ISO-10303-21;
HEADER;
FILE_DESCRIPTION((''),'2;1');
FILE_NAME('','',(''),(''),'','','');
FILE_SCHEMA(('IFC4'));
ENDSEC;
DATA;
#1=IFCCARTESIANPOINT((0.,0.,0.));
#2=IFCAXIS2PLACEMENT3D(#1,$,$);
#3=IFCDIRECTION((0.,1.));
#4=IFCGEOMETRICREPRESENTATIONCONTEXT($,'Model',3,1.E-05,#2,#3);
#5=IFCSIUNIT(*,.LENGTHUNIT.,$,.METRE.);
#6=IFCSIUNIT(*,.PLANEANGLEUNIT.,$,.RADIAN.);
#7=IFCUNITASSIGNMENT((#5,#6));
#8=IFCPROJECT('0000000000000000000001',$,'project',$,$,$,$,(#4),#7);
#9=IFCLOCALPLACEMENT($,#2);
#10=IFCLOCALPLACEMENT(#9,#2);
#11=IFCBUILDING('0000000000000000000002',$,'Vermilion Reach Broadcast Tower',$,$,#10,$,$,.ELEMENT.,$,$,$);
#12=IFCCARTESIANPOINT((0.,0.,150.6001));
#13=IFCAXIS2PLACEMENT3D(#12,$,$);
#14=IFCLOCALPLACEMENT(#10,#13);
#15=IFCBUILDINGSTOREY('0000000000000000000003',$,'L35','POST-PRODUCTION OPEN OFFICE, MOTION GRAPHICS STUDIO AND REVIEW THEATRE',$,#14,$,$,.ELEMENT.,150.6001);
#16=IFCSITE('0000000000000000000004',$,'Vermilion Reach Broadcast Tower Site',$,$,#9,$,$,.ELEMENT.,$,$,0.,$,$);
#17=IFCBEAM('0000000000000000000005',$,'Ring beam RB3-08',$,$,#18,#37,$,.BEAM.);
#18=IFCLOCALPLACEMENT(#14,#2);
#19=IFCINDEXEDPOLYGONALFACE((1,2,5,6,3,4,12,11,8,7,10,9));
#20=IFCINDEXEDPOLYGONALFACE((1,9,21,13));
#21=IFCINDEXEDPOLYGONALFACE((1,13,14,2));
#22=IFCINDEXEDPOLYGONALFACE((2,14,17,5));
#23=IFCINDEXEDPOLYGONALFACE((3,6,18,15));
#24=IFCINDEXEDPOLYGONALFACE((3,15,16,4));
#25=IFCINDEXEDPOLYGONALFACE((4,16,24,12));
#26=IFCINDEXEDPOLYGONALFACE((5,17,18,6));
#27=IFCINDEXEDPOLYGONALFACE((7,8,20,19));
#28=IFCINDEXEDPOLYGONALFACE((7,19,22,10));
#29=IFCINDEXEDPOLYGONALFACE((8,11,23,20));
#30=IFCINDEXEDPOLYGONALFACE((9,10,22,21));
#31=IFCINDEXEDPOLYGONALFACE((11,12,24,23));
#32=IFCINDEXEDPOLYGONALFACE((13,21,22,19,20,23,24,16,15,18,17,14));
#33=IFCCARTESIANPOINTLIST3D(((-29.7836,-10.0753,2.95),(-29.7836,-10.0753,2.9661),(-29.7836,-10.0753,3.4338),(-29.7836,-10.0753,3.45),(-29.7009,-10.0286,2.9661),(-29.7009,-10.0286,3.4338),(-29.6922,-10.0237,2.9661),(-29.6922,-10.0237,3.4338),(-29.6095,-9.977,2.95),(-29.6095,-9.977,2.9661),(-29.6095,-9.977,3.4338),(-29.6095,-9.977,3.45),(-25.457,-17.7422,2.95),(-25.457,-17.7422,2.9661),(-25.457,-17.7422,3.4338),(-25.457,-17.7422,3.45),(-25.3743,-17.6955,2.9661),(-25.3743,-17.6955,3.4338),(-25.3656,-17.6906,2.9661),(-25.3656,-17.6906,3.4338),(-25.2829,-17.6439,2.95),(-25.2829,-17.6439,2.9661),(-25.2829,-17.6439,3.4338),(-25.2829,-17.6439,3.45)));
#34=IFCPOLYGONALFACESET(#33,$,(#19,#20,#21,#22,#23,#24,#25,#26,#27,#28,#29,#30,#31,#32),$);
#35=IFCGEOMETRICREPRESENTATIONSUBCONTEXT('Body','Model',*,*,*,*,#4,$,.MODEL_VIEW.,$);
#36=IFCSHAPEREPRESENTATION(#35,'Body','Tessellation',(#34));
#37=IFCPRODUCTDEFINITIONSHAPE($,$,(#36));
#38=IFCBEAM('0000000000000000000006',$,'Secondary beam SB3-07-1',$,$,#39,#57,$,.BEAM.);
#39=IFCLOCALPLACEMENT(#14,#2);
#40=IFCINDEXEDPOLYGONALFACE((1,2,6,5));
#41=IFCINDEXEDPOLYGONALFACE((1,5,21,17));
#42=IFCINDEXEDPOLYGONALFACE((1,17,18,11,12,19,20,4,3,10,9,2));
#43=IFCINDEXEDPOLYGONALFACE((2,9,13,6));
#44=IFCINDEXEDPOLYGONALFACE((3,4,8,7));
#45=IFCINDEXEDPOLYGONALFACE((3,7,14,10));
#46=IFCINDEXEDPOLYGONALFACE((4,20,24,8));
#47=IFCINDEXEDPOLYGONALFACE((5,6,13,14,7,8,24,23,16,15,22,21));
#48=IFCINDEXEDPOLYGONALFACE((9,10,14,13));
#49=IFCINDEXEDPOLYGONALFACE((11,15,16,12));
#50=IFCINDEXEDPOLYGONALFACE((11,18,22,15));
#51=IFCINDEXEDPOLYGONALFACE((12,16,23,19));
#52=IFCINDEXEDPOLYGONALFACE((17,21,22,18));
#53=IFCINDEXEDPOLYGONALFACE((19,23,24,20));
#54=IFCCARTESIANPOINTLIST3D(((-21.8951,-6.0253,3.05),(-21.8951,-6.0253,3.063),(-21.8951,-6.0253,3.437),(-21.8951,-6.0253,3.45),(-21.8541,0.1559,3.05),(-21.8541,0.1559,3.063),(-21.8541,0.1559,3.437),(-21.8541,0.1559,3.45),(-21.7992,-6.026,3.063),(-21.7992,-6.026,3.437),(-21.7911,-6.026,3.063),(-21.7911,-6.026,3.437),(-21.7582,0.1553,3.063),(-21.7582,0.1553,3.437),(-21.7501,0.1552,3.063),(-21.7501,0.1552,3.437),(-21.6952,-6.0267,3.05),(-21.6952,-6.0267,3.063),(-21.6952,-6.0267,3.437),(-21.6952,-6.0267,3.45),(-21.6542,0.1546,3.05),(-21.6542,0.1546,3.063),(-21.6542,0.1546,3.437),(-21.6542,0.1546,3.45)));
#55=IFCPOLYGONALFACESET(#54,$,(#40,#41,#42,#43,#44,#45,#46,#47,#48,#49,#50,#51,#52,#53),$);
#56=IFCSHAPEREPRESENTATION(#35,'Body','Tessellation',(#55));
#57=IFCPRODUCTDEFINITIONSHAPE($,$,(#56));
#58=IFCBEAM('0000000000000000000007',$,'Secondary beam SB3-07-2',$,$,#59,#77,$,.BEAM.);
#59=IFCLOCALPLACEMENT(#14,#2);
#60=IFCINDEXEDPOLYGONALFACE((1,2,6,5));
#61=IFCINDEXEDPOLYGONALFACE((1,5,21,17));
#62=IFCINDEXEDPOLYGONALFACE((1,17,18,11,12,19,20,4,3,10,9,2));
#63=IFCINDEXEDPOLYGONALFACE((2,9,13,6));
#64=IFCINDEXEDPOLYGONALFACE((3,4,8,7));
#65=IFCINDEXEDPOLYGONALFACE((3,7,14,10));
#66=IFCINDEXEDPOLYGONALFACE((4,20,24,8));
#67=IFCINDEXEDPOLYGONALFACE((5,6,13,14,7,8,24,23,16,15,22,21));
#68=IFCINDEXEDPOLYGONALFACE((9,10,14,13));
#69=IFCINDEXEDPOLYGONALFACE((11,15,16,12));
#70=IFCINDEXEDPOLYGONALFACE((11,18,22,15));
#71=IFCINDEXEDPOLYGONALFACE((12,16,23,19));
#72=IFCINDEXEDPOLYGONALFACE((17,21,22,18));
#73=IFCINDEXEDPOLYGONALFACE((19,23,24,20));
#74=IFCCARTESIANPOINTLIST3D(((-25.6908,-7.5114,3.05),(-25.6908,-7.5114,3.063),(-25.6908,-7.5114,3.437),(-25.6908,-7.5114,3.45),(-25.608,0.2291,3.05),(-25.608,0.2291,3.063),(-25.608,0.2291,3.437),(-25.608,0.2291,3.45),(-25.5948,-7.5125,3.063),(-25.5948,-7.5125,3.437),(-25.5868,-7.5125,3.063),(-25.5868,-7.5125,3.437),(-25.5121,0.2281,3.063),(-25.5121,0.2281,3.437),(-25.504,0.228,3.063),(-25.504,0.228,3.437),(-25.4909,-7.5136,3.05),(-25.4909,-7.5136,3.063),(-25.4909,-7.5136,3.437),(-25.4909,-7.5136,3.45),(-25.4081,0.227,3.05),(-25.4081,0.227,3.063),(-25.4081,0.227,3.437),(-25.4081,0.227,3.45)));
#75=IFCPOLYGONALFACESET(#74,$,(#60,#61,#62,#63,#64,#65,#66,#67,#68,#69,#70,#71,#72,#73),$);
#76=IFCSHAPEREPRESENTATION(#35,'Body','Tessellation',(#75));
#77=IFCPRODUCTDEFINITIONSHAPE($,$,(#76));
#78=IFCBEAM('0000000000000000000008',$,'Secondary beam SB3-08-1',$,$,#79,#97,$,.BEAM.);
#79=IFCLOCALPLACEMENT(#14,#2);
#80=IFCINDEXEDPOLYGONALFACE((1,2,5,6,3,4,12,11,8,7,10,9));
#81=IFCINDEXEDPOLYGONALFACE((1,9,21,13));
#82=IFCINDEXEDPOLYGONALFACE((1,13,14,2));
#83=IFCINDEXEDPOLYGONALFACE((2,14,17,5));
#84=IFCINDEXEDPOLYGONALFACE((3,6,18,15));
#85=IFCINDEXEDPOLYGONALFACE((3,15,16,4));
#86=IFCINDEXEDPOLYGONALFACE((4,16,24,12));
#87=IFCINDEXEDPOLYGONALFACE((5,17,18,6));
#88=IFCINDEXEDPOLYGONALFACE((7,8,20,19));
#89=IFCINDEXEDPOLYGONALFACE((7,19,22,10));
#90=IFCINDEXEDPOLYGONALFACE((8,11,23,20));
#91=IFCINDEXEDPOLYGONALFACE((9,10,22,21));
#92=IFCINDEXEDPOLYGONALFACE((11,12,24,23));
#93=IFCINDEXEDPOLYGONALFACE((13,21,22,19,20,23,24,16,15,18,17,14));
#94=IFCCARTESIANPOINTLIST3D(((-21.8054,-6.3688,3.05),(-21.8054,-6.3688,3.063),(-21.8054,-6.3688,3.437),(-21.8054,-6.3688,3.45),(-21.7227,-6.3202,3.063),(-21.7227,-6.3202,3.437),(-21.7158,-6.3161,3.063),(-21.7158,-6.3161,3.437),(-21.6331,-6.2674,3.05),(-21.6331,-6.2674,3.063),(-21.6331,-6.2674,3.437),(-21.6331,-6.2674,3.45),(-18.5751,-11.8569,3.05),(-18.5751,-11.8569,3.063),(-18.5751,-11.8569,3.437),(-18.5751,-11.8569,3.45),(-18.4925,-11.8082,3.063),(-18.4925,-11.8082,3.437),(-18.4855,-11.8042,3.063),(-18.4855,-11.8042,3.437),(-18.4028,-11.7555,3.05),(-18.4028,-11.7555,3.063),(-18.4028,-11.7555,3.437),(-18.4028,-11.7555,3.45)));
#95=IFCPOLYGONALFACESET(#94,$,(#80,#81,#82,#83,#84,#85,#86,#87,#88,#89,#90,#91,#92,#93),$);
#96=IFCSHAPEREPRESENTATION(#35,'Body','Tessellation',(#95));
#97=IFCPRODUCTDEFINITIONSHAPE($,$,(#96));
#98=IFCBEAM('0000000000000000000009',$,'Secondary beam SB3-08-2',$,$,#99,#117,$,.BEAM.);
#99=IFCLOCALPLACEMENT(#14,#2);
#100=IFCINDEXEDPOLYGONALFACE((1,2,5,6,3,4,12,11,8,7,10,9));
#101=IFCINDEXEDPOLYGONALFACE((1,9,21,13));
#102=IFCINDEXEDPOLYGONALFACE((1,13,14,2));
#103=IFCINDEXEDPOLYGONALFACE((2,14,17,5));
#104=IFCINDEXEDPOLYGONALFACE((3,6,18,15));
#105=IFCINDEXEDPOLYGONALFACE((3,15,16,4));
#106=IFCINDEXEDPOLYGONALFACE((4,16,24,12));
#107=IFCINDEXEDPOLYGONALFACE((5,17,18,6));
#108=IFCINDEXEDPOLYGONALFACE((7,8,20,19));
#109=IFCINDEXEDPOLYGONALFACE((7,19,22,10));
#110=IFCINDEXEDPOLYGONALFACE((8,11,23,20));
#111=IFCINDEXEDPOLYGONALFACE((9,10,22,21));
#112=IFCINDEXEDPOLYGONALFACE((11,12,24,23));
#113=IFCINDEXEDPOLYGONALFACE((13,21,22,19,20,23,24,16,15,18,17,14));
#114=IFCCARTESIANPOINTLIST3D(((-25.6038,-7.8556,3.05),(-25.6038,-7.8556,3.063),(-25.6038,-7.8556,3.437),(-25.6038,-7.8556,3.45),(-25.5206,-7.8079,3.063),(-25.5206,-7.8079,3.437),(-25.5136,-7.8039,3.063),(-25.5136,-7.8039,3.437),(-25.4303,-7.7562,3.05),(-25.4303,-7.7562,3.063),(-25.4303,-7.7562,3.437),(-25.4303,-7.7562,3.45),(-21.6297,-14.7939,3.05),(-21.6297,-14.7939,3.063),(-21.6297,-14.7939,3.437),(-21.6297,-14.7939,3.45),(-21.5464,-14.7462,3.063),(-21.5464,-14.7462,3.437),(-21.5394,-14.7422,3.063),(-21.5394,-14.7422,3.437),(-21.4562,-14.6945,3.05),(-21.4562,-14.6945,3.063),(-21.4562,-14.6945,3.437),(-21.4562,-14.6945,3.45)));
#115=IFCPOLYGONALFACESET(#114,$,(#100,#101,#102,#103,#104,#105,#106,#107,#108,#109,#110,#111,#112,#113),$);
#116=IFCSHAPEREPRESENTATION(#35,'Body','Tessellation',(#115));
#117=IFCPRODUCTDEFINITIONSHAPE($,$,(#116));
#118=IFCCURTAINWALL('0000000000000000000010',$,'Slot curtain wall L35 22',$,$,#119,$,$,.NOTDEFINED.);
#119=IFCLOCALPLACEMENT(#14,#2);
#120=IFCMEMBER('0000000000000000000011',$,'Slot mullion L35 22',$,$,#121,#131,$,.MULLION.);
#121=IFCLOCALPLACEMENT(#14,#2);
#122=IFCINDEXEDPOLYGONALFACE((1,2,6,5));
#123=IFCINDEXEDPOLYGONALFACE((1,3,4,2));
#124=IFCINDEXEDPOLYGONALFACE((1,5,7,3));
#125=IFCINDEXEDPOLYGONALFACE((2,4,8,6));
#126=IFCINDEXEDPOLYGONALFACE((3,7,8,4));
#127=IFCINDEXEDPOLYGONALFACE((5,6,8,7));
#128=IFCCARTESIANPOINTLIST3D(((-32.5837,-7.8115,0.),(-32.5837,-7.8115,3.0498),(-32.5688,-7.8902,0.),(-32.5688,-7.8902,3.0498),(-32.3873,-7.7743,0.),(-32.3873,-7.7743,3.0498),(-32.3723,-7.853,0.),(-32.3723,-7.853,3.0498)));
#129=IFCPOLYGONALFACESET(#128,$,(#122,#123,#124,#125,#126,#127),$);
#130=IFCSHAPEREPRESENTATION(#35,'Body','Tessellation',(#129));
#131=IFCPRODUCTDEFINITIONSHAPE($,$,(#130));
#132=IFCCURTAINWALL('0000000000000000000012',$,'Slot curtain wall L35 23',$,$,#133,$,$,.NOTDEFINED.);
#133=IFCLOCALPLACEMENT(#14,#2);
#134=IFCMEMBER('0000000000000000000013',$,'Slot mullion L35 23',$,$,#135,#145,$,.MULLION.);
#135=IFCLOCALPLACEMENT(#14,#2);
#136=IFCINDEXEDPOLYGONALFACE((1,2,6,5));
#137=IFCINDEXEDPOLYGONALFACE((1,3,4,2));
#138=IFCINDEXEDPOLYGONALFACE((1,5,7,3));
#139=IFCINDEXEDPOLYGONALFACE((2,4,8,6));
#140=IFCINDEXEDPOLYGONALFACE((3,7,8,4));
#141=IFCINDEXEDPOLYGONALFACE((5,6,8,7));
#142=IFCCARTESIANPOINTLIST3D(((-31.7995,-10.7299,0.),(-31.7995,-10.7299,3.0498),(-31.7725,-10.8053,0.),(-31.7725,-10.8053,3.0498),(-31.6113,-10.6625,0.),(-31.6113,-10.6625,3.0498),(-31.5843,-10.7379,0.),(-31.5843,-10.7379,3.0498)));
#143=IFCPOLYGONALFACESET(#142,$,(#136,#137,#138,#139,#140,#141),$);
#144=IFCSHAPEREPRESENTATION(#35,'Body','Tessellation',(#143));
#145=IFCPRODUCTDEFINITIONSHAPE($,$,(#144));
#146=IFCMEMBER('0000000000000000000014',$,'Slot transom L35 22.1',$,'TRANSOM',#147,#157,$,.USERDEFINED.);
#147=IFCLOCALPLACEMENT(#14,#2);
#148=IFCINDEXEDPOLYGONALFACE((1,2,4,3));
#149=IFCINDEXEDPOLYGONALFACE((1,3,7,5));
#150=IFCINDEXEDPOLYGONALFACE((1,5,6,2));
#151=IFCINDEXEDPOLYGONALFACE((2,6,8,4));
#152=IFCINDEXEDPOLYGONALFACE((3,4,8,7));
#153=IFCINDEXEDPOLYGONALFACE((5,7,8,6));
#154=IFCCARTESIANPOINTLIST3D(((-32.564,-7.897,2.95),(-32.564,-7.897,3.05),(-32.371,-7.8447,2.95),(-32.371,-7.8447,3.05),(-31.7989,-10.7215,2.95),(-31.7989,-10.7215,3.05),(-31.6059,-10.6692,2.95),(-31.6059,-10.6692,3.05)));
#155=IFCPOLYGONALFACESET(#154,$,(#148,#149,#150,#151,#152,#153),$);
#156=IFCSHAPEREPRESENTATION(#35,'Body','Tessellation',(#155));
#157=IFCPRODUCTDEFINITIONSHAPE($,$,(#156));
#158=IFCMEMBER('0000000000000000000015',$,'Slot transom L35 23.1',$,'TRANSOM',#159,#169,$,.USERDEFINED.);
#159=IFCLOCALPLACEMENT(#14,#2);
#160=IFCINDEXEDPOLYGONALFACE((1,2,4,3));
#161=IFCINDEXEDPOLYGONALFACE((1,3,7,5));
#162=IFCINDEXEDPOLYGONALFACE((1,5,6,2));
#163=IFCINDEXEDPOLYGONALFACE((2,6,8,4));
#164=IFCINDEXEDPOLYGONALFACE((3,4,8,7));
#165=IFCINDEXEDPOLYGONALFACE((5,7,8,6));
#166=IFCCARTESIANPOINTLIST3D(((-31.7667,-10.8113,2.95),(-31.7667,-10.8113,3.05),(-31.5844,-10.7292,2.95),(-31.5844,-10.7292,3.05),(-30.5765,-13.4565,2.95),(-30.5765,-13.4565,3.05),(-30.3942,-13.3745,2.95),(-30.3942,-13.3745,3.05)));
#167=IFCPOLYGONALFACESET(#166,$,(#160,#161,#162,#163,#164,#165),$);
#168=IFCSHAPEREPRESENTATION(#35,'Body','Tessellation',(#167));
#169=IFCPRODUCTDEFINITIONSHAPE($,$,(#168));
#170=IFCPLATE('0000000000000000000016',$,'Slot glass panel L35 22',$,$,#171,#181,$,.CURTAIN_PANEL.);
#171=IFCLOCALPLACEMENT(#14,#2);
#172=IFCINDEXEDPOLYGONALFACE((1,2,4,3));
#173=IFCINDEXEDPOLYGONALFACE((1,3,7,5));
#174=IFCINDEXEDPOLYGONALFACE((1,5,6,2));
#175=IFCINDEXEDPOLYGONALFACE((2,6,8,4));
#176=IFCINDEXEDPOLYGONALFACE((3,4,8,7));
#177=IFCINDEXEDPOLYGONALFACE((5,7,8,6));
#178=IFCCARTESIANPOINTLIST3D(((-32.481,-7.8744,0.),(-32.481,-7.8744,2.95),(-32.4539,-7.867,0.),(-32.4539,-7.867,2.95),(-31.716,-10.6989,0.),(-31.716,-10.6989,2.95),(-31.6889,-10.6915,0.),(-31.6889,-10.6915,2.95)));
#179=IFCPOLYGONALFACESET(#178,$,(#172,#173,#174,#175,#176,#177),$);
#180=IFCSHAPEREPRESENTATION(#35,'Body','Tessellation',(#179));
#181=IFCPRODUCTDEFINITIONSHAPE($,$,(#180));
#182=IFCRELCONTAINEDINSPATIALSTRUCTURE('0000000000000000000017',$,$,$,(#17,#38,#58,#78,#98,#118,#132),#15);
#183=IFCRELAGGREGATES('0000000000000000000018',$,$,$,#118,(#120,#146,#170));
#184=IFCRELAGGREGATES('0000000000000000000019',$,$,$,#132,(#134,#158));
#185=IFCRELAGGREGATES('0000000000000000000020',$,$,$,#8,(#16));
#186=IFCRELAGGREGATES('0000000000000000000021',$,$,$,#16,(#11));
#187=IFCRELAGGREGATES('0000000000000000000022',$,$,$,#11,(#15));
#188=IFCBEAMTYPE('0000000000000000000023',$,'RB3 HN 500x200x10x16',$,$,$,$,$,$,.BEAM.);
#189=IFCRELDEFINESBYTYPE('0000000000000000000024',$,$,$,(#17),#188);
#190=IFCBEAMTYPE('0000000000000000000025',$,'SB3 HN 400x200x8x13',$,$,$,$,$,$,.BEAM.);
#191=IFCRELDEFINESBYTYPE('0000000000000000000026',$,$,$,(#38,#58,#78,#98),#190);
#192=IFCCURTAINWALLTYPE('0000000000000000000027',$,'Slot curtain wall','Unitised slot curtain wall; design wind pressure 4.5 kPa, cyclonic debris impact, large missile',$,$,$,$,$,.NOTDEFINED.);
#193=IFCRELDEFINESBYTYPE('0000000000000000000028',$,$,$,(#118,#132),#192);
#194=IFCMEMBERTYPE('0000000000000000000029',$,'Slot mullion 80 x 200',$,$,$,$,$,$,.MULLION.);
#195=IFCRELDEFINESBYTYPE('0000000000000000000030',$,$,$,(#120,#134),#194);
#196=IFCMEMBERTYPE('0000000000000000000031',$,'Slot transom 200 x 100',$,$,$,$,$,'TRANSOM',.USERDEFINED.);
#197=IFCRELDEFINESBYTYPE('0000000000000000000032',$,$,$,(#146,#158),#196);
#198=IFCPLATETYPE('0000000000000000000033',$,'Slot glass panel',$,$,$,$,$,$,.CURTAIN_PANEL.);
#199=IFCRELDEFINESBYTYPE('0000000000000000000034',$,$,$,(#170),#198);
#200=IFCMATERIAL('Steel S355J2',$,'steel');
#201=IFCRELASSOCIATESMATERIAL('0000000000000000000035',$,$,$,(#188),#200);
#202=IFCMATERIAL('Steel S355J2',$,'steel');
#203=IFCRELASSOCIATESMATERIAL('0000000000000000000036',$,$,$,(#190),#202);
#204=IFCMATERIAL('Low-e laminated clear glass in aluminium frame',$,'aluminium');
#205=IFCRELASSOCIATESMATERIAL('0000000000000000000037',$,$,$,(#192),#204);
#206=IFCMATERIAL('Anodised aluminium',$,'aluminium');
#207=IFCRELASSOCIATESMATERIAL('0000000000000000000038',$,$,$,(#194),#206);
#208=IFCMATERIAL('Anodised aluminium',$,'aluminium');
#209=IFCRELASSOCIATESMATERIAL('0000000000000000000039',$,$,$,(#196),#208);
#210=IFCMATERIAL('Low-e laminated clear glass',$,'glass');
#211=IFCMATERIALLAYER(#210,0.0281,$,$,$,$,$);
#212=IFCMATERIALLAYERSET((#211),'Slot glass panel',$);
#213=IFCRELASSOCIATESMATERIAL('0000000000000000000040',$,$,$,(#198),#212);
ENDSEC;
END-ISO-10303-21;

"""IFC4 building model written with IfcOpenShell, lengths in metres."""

from ifc_helpers import new_model, si_unit, direction, frame, origin, origin_2d, place, context, subcontext, project, spatial, rectangle, i_section, extrude, material, layer, layer_set, material_profile, profile_set, type_object, element, aggregate, save


model = new_model("IFC4")

# Units and contexts
model_context = context("Model", 3, precision=1e-05, world=origin(), true_north=direction((0.0, 1.0)))
body_context = subcontext(model_context, "Body", "Model", "MODEL_VIEW")
ifc_project = project(units=[si_unit("LENGTHUNIT", "METRE"), si_unit("PLANEANGLEUNIT", "RADIAN")], contexts=[model_context])

# Site, building, storey
site_placement = place(None, origin())
site = spatial("IfcSite", under=ifc_project, at=site_placement, Name="Vermilion Reach Broadcast Tower Site", CompositionType="ELEMENT", RefElevation=0.0)
building_placement = place(site_placement, origin())
building = spatial("IfcBuilding", under=site, at=building_placement, Name="Vermilion Reach Broadcast Tower", CompositionType="ELEMENT")
storey_placement = place(building_placement, frame((0.0, 0.0, 150.6001)))
storey = spatial("IfcBuildingStorey", under=building, at=storey_placement, Name="L35", Description="POST-PRODUCTION OPEN OFFICE, MOTION GRAPHICS STUDIO AND REVIEW THEATRE", CompositionType="ELEMENT", Elevation=150.6001)

# Beams
ifc_material_1 = material(Name="Steel S355J2", Category="steel")
ifc_material_profile_1 = material_profile(ifc_material_1, i_section(OverallWidth=0.2, OverallDepth=0.5, WebThickness=0.01, FlangeThickness=0.0161, at=origin_2d()), Name="S355J2 HN 500x200x10x16")
ifc_profile_set_1 = profile_set([ifc_material_profile_1], Name="Steel S355J2")
beam_type_1 = type_object("IfcBeamType", Name="RB3 HN 500x200x10x16", PredefinedType="BEAM", material=ifc_profile_set_1)
beam_1_placement = place(storey_placement, frame((-29.6965, -10.0261, 3.2), z_axis=(0.491467, -0.870896, 0.0), x_axis=(0.870896, 0.491467, 0.0)))
element("IfcBeam", 1, at=beam_1_placement, inside=storey, type_object=beam_type_1, Name="Ring beam RB3-08", PredefinedType="BEAM", context=body_context, shape_type="SweptSolid", body=[
    extrude(i_section(OverallWidth=0.2, OverallDepth=0.5, WebThickness=0.01, FlangeThickness=0.0161, at=origin_2d()), origin(), (0.0, 0.0, 1.0), 8.8035),
])
ifc_material_2 = material(Name="Steel S355J2", Category="steel")
ifc_material_profile_2 = material_profile(ifc_material_2, i_section(OverallWidth=0.2, OverallDepth=0.3999, WebThickness=0.0081, FlangeThickness=0.0129, at=origin_2d()), Name="S355J2 HN 400x200x8x13")
ifc_profile_set_2 = profile_set([ifc_material_profile_2], Name="Steel S355J2")
beam_type_2 = type_object("IfcBeamType", Name="SB3 HN 400x200x8x13", PredefinedType="BEAM", material=ifc_profile_set_2)
beam_2_placement = place(storey_placement, frame((-21.7542, 0.1553, 3.25), z_axis=(-0.006635, -0.999978, 0.0), x_axis=(0.999978, -0.006635, 0.0)))
element("IfcBeam", 2, at=beam_2_placement, inside=storey, type_object=beam_type_2, Name="Secondary beam SB3-07-1", PredefinedType="BEAM", context=body_context, shape_type="SweptSolid", body=[
    extrude(i_section(OverallWidth=0.2, OverallDepth=0.3999, WebThickness=0.0081, FlangeThickness=0.0129, at=origin_2d()), origin(), (0.0, 0.0, 1.0), 6.1814),
])
beam_3_placement = place(storey_placement, frame((-25.5081, 0.228, 3.25), z_axis=(-0.010692, -0.999943, 0.0), x_axis=(0.999943, -0.010692, 0.0)))
element("IfcBeam", 3, at=beam_3_placement, inside=storey, type_object=beam_type_2, Name="Secondary beam SB3-07-2", PredefinedType="BEAM", context=body_context, shape_type="SweptSolid", body=[
    extrude(i_section(OverallWidth=0.2, OverallDepth=0.3999, WebThickness=0.0081, FlangeThickness=0.0129, at=origin_2d()), origin(), (0.0, 0.0, 1.0), 7.741),
])
beam_4_placement = place(storey_placement, frame((-21.7192, -6.3181, 3.25), z_axis=(0.50725, -0.861799, 0.0), x_axis=(0.861799, 0.50725, 0.0)))
element("IfcBeam", 4, at=beam_4_placement, inside=storey, type_object=beam_type_2, Name="Secondary beam SB3-08-1", PredefinedType="BEAM", context=body_context, shape_type="SweptSolid", body=[
    extrude(i_section(OverallWidth=0.2, OverallDepth=0.3999, WebThickness=0.0081, FlangeThickness=0.0129, at=origin_2d()), origin(), (0.0, 0.0, 1.0), 6.3682),
])
beam_5_placement = place(storey_placement, frame((-25.5171, -7.8059, 3.25), z_axis=(0.497027, -0.867735, 0.0), x_axis=(0.867735, 0.497027, 0.0)))
element("IfcBeam", 5, at=beam_5_placement, inside=storey, type_object=beam_type_2, Name="Secondary beam SB3-08-2", PredefinedType="BEAM", context=body_context, shape_type="SweptSolid", body=[
    extrude(i_section(OverallWidth=0.2, OverallDepth=0.3999, WebThickness=0.0081, FlangeThickness=0.0129, at=origin_2d()), origin(), (0.0, 0.0, 1.0), 7.9958),
])

# Curtain walls, members
ifc_material_3 = material(Name="Low-e laminated clear glass in aluminium frame", Category="aluminium")
curtain_wall_type = type_object("IfcCurtainWallType", Name="Slot curtain wall", Description="Unitised slot curtain wall; design wind pressure 4.5 kPa, cyclonic debris impact, large missile", PredefinedType="NOTDEFINED", material=ifc_material_3)
placement = place(storey_placement, origin())
curtain_wall_1 = element("IfcCurtainWall", 6, at=placement, inside=storey, type_object=curtain_wall_type, Name="Slot curtain wall L35 22", PredefinedType="NOTDEFINED")
ifc_material_4 = material(Name="Anodised aluminium", Category="aluminium")
ifc_material_profile_3 = material_profile(ifc_material_4, rectangle(XDim=0.2, YDim=0.0801, at=origin_2d()), Name="Slot mullion 80 x 200")
ifc_profile_set_3 = profile_set([ifc_material_profile_3], Name="Anodised aluminium")
member_type_1 = type_object("IfcMemberType", Name="Slot mullion 80 x 200", PredefinedType="MULLION", material=ifc_profile_set_3)
member_1_placement = place(storey_placement, frame((-32.478, -7.8323, 0.0), z_axis=(0.0, 0.0, 1.0), x_axis=(0.982527, 0.186122, 0.0)))
member_1 = element("IfcMember", 7, at=member_1_placement, type_object=member_type_1, Name="Slot mullion L35 22", PredefinedType="MULLION", context=body_context, shape_type="SweptSolid", body=[
    extrude(rectangle(XDim=0.2, YDim=0.0801, at=origin_2d()), origin(), (0.0, 0.0, 1.0), 3.0498),
])
curtain_wall_2 = element("IfcCurtainWall", 8, at=placement, inside=storey, type_object=curtain_wall_type, Name="Slot curtain wall L35 23", PredefinedType="NOTDEFINED")
member_2_placement = place(storey_placement, frame((-31.6919, -10.7339, 0.0), z_axis=(0.0, 0.0, 1.0), x_axis=(0.941523, 0.336949, 0.0)))
member_2 = element("IfcMember", 9, at=member_2_placement, type_object=member_type_1, Name="Slot mullion L35 23", PredefinedType="MULLION", context=body_context, shape_type="SweptSolid", body=[
    extrude(rectangle(XDim=0.2, YDim=0.0801, at=origin_2d()), origin(), (0.0, 0.0, 1.0), 3.0498),
])

# Members
ifc_material_5 = material(Name="Anodised aluminium", Category="aluminium")
ifc_material_profile_4 = material_profile(ifc_material_5, rectangle(XDim=0.2, YDim=0.1001, at=origin_2d()), Name="Slot transom 200 x 100")
ifc_profile_set_4 = profile_set([ifc_material_profile_4], Name="Anodised aluminium")
member_type_2 = type_object("IfcMemberType", Name="Slot transom 200 x 100", ElementType="TRANSOM", PredefinedType="USERDEFINED", material=ifc_profile_set_4)
member_3_placement = place(storey_placement, frame((-32.4675, -7.8708, 3.0), z_axis=(0.261472, -0.965211, 0.0), x_axis=(0.965211, 0.261472, 0.0)))
member_3 = element("IfcMember", 10, at=member_3_placement, type_object=member_type_2, Name="Slot transom L35 22.1", ObjectType="TRANSOM", PredefinedType="USERDEFINED", context=body_context, shape_type="SweptSolid", body=[
    extrude(rectangle(XDim=0.2, YDim=0.1001, at=origin_2d()), origin(), (0.0, 0.0, 1.0), 2.9263),
])
member_4_placement = place(storey_placement, frame((-31.6755, -10.7703, 3.0), z_axis=(0.410312, -0.911945, 0.0), x_axis=(0.911945, 0.410312, 0.0)))
member_4 = element("IfcMember", 11, at=member_4_placement, type_object=member_type_2, Name="Slot transom L35 23.1", ObjectType="TRANSOM", PredefinedType="USERDEFINED", context=body_context, shape_type="SweptSolid", body=[
    extrude(rectangle(XDim=0.2, YDim=0.1001, at=origin_2d()), origin(), (0.0, 0.0, 1.0), 2.9006),
])

# Plate
ifc_material_6 = material(Name="Low-e laminated clear glass", Category="glass")
ifc_layer_1 = layer(ifc_material_6, 0.0281)
ifc_layer_set_1 = layer_set([ifc_layer_1], Name="Slot glass panel")
plate_type = type_object("IfcPlateType", Name="Slot glass panel", PredefinedType="CURTAIN_PANEL", material=ifc_layer_set_1)
plate_1_placement = place(storey_placement, frame((-32.085, -9.283, 0.0), z_axis=(0.0, 0.0, 1.0), x_axis=(0.261439, -0.96522, 0.0)))
plate_1 = element("IfcPlate", 12, at=plate_1_placement, type_object=plate_type, Name="Slot glass panel L35 22", PredefinedType="CURTAIN_PANEL", context=body_context, shape_type="SweptSolid", body=[
    extrude(rectangle(XDim=2.9263, YDim=0.0281, at=origin_2d()), origin(), (0.0, 0.0, 1.0), 2.95),
])
aggregate(curtain_wall_1, [member_1, member_3, plate_1])
aggregate(curtain_wall_2, [member_2, member_4])

save(model, "model.ifc")
